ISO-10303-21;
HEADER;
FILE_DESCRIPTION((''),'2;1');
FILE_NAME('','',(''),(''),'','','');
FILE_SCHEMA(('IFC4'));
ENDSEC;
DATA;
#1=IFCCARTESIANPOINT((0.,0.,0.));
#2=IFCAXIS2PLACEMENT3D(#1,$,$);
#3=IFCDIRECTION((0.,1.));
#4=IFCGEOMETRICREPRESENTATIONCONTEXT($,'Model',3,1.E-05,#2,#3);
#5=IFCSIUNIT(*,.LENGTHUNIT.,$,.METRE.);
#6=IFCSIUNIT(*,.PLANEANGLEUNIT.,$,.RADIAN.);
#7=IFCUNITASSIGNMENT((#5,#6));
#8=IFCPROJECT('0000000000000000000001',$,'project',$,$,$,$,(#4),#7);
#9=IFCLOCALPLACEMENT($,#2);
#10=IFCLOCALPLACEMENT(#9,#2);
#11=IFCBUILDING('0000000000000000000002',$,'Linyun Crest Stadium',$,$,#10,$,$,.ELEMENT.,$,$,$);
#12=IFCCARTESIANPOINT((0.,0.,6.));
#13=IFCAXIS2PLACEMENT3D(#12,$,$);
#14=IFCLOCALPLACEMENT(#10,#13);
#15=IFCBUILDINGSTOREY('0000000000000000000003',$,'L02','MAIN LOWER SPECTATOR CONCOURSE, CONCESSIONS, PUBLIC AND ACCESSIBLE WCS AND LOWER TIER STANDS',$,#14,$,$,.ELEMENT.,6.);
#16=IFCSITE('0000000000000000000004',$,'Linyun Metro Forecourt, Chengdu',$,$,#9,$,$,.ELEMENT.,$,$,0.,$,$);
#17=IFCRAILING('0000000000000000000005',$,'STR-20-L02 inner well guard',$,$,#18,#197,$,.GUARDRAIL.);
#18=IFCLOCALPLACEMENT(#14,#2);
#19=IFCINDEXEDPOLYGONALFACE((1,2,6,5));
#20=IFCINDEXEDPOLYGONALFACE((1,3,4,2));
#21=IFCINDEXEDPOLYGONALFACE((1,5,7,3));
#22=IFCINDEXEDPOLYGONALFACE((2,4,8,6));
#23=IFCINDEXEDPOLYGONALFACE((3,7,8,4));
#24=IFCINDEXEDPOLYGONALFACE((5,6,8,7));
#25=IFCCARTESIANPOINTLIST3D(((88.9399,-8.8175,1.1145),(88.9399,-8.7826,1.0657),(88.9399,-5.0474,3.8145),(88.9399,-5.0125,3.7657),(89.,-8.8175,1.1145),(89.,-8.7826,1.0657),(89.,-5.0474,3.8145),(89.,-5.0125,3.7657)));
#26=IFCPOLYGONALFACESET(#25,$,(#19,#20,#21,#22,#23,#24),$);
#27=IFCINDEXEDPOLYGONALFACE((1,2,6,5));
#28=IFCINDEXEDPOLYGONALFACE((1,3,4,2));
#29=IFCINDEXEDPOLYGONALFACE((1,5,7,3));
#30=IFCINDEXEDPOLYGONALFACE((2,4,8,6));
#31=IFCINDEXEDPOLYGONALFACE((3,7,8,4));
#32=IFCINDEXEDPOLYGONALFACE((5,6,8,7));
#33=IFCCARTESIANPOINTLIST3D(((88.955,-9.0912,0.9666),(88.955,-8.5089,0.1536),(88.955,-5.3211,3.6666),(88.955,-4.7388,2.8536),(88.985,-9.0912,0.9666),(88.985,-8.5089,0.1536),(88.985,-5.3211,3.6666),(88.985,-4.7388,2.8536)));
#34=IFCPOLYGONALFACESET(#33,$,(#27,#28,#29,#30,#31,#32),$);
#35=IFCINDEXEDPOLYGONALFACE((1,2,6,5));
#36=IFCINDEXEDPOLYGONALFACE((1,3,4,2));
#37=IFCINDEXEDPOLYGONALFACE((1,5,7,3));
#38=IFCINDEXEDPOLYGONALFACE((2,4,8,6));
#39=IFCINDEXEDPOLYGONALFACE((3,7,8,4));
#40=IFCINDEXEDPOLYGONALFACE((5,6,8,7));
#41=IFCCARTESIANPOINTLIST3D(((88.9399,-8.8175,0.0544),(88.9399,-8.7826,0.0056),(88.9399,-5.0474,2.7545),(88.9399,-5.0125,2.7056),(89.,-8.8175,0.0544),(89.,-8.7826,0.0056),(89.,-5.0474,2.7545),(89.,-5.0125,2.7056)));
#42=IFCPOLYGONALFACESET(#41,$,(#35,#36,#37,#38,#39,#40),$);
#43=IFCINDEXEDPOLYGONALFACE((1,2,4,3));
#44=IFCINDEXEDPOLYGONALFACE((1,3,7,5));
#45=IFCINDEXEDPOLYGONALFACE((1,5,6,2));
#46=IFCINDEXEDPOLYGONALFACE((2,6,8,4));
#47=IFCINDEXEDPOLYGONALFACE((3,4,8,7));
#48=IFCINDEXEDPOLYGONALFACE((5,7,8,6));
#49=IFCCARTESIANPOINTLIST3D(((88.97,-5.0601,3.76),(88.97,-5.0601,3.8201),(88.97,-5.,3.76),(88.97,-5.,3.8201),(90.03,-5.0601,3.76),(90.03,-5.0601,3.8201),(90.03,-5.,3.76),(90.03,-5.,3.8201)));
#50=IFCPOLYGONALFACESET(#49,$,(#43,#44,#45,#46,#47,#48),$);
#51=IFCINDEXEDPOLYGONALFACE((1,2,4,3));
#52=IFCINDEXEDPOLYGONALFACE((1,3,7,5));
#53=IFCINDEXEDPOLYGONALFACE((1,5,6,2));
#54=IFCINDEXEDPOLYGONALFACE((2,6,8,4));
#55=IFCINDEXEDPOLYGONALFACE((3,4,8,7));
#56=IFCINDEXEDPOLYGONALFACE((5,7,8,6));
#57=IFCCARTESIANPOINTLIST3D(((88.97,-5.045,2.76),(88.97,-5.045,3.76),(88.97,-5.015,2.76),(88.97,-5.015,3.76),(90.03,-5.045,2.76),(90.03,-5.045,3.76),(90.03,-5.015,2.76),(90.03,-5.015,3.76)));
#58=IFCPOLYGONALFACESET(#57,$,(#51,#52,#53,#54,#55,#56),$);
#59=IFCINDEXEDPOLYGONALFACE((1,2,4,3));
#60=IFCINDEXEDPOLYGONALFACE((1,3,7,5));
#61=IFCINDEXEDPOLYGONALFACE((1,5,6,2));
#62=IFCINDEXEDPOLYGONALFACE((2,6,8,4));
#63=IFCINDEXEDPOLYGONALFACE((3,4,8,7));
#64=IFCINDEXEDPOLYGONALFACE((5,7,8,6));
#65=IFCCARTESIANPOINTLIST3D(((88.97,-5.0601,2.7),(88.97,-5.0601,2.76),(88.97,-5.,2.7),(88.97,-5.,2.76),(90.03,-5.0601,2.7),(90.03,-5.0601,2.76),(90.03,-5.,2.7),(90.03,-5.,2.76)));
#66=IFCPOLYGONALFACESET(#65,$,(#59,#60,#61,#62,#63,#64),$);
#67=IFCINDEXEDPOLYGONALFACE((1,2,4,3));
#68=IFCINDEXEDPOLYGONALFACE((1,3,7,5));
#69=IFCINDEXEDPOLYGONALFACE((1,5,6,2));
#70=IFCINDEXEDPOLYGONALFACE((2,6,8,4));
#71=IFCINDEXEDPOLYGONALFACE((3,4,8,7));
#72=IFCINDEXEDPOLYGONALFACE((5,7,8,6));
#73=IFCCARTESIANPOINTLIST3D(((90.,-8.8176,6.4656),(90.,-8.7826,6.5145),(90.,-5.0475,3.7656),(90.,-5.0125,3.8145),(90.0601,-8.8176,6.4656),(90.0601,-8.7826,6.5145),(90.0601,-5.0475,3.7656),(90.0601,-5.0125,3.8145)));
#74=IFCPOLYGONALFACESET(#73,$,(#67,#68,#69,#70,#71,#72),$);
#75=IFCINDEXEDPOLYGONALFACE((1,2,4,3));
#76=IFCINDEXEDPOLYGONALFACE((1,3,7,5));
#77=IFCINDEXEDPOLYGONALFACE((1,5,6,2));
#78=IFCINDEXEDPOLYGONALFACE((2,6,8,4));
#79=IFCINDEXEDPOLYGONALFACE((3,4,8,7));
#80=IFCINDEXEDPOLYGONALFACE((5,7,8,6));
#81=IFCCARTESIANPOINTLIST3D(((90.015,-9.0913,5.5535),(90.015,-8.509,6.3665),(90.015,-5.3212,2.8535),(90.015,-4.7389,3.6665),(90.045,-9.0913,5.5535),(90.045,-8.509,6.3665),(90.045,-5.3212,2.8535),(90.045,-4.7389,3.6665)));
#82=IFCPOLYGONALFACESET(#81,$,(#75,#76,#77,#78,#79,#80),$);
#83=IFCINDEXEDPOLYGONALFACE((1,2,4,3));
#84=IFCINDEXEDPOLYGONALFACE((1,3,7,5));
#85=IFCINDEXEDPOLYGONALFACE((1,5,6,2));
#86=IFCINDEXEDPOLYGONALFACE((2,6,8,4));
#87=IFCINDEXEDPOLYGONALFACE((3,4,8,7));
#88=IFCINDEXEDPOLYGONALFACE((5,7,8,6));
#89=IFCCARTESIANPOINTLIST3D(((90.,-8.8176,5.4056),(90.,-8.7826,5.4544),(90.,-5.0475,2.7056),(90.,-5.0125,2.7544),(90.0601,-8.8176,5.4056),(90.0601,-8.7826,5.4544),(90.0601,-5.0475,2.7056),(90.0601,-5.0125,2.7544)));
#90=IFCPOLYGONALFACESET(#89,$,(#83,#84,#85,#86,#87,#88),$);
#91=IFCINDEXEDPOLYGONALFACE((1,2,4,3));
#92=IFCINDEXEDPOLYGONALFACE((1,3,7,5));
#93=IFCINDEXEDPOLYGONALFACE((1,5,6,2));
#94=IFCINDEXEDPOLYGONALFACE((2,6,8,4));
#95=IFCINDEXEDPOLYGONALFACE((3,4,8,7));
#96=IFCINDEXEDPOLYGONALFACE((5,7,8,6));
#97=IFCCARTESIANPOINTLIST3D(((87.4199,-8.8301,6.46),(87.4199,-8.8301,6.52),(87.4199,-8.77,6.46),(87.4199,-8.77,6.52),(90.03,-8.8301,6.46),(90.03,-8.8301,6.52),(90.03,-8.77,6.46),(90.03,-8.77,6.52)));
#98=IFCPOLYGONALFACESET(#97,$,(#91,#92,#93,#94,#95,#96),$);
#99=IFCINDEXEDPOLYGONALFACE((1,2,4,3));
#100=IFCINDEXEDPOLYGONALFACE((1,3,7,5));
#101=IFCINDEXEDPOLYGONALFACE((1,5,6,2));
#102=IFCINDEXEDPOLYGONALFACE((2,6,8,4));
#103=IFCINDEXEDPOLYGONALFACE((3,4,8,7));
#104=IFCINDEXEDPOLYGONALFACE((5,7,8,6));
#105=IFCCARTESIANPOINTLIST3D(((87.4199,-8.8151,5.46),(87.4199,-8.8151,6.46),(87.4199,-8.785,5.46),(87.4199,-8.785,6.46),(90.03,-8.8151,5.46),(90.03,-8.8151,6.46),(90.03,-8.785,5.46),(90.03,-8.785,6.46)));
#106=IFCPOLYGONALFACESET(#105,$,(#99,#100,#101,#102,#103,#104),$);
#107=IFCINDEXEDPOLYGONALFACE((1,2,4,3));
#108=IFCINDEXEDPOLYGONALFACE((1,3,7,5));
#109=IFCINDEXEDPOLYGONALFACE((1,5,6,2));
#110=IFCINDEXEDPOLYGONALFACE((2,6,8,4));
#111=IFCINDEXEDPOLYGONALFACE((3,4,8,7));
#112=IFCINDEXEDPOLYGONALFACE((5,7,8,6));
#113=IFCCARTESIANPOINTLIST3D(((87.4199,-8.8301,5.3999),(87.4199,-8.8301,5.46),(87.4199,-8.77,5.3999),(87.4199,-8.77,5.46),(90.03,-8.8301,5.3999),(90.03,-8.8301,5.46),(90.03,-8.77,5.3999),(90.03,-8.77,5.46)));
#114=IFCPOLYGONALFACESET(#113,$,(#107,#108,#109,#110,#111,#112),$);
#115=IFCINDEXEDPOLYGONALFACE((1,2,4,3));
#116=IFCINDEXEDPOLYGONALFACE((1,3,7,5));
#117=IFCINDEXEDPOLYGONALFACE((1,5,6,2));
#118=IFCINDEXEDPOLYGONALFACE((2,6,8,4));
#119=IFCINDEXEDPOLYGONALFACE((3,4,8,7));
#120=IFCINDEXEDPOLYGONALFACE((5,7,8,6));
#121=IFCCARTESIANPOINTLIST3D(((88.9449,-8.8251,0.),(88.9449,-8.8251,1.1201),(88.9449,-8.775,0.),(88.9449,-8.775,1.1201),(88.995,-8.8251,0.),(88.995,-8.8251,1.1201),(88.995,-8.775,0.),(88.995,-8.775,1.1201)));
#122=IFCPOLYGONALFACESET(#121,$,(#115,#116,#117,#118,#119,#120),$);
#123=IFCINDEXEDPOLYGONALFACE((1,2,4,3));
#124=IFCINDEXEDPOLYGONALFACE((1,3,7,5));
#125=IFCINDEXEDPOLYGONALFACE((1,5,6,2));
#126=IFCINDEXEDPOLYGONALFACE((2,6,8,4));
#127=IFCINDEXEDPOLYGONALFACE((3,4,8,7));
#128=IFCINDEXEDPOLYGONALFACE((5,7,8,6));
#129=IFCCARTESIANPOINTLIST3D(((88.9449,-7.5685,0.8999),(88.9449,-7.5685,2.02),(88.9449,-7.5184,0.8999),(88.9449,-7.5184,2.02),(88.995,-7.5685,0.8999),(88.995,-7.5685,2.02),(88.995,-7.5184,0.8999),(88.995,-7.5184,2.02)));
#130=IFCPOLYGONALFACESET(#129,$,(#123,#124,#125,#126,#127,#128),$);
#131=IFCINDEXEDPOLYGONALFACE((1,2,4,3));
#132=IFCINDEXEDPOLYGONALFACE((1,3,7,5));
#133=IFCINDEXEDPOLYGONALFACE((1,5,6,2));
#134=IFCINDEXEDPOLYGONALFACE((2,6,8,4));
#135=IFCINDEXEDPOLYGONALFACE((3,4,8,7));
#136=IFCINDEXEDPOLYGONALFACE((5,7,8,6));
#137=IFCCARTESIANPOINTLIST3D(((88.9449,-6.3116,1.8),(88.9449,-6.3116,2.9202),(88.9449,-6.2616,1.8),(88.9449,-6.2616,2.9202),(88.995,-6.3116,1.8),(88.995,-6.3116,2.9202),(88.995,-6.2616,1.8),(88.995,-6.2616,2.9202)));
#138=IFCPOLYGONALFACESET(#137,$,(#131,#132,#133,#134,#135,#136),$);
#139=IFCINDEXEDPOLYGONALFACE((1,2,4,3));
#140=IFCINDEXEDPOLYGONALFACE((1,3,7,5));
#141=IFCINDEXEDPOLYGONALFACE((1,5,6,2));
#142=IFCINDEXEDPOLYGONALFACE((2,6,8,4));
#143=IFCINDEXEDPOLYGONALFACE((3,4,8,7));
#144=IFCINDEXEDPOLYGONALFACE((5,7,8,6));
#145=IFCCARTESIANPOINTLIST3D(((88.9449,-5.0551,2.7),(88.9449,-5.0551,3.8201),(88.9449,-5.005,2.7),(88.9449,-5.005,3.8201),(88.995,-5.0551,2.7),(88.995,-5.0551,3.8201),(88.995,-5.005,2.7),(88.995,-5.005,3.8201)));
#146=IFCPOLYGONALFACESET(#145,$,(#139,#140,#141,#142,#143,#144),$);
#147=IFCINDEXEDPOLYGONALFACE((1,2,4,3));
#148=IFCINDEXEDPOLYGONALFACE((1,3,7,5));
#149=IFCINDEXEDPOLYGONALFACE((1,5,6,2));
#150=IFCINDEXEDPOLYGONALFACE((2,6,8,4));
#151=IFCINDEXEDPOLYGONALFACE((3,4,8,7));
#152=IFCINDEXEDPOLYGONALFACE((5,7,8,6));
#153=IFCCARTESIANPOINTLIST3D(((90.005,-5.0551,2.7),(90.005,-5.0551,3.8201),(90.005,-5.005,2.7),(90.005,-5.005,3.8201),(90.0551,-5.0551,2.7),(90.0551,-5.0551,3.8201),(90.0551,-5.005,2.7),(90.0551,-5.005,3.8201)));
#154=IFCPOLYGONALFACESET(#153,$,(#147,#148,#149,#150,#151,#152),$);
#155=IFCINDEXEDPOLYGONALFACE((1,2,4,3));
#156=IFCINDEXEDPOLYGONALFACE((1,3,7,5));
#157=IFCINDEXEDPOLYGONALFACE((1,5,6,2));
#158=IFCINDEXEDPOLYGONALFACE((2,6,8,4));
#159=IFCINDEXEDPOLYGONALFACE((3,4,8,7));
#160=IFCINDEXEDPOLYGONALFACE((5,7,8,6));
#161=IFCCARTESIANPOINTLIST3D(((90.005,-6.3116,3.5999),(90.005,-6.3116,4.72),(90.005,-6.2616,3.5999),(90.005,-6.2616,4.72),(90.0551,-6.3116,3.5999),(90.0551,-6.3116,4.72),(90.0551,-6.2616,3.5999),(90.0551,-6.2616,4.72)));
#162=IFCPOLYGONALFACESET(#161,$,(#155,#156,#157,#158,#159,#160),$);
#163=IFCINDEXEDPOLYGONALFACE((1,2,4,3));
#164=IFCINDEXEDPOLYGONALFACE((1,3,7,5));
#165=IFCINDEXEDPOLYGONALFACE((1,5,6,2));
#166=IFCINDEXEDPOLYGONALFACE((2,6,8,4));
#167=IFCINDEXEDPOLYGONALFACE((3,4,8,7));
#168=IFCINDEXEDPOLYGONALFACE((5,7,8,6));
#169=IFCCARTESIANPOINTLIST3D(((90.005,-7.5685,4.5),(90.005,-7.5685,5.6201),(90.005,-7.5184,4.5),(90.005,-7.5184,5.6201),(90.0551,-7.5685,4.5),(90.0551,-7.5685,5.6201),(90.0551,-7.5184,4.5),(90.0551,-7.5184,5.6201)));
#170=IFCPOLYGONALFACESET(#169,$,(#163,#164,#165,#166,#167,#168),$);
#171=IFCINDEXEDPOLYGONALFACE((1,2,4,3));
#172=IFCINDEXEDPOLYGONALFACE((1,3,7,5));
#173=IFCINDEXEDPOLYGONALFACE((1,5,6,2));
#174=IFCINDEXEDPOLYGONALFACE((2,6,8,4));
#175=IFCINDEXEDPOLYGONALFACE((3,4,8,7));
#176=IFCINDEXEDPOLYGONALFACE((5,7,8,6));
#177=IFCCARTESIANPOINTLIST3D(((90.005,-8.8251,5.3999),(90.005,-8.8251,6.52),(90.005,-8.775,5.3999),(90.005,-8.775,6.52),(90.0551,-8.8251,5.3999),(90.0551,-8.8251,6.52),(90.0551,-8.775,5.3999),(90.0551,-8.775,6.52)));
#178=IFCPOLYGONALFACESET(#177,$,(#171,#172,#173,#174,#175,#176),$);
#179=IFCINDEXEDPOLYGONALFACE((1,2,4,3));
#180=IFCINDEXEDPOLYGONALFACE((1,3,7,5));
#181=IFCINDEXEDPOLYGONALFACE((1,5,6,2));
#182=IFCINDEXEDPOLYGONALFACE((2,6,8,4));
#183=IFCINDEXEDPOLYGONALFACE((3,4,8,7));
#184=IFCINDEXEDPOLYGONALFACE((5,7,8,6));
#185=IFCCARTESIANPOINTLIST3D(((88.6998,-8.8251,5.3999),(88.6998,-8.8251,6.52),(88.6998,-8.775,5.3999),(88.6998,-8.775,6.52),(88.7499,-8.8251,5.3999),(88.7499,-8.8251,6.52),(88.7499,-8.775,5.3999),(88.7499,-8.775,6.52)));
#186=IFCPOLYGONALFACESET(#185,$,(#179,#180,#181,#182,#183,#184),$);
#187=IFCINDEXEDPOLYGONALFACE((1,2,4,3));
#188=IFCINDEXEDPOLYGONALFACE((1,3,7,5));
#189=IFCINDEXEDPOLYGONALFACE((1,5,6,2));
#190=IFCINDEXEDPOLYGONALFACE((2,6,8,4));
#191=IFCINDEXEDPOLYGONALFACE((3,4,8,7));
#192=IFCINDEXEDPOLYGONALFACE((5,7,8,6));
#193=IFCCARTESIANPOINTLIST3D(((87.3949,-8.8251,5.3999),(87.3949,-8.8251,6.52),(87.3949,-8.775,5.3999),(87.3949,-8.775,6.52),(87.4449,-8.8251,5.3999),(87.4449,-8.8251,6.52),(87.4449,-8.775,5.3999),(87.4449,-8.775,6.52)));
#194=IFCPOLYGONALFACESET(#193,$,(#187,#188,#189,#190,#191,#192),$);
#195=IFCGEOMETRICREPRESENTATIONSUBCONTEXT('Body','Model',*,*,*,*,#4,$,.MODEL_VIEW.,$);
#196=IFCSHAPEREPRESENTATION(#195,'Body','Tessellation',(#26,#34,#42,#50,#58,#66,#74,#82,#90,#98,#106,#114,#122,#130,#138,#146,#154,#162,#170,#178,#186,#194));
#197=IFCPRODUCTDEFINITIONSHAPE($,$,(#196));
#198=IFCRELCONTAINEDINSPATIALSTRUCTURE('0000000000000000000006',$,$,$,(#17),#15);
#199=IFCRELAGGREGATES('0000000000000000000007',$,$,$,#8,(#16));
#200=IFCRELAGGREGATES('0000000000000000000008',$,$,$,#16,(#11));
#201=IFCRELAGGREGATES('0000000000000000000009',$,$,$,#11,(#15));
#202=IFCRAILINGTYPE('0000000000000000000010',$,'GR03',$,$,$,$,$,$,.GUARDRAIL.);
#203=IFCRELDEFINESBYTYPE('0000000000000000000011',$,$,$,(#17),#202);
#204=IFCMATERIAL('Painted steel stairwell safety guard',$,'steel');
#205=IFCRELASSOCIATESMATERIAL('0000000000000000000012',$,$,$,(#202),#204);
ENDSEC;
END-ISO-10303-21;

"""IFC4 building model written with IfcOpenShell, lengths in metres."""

from ifc_helpers import new_model, si_unit, direction, frame, origin, origin_2d, place, context, subcontext, project, spatial, rectangle, extrude, material, type_object, element, save


model = new_model("IFC4")

# Units and contexts
model_context = context("Model", 3, precision=1e-05, world=origin(), true_north=direction((0.0, 1.0)))
body_context = subcontext(model_context, "Body", "Model", "MODEL_VIEW")
ifc_project = project(units=[si_unit("LENGTHUNIT", "METRE"), si_unit("PLANEANGLEUNIT", "RADIAN")], contexts=[model_context])

# Site, building, storey
site_placement = place(None, origin())
site = spatial("IfcSite", under=ifc_project, at=site_placement, Name="Linyun Metro Forecourt, Chengdu", CompositionType="ELEMENT", RefElevation=0.0)
building_placement = place(site_placement, origin())
building = spatial("IfcBuilding", under=site, at=building_placement, Name="Linyun Crest Stadium", CompositionType="ELEMENT")
storey_placement = place(building_placement, frame((0.0, 0.0, 6.0)))
storey = spatial("IfcBuildingStorey", under=building, at=storey_placement, Name="L02", Description="MAIN LOWER SPECTATOR CONCOURSE, CONCESSIONS, PUBLIC AND ACCESSIBLE WCS AND LOWER TIER STANDS", CompositionType="ELEMENT", Elevation=6.0)

# Railing
ifc_material_1 = material(Name="Painted steel stairwell safety guard", Category="steel")
railing_type_1 = type_object("IfcRailingType", Name="GR03", PredefinedType="GUARDRAIL", material=ifc_material_1)
railing_1_placement = place(storey_placement, frame((88.97, -8.8, 0.0)))
element("IfcRailing", 1, at=railing_1_placement, inside=storey, type_object=railing_type_1, Name="STR-20-L02 inner well guard", PredefinedType="GUARDRAIL", context=body_context, shape_type="SweptSolid", body=[
    extrude(rectangle(XDim=0.0601, YDim=0.0601, at=origin_2d()), frame((0.0, 0.0, 1.0901), z_axis=(0.0, 0.813011, 0.582249), x_axis=(-1.0, 0.0, 0.0)), (0.0, 0.0, 1.0), 4.6372),
    extrude(rectangle(XDim=0.03, YDim=1.0, at=origin_2d()), frame((0.0, 0.0, 0.5601), z_axis=(0.0, 0.813011, 0.582249), x_axis=(-1.0, 0.0, 0.0)), (0.0, 0.0, 1.0), 4.6372),
    extrude(rectangle(XDim=0.0601, YDim=0.0601, at=origin_2d()), frame((0.0, 0.0, 0.03), z_axis=(0.0, 0.813011, 0.582249), x_axis=(-1.0, 0.0, 0.0)), (0.0, 0.0, 1.0), 4.6372),
    extrude(rectangle(XDim=0.0601, YDim=0.0601, at=origin_2d()), frame((0.0, 3.77, 3.79), z_axis=(1.0, 0.0, 0.0), x_axis=(0.0, 1.0, 0.0)), (0.0, 0.0, 1.0), 1.0601),
    extrude(rectangle(XDim=0.03, YDim=1.0, at=origin_2d()), frame((0.0, 3.77, 3.26), z_axis=(1.0, 0.0, 0.0), x_axis=(0.0, 1.0, 0.0)), (0.0, 0.0, 1.0), 1.0601),
    extrude(rectangle(XDim=0.0601, YDim=0.0601, at=origin_2d()), frame((0.0, 3.77, 2.73), z_axis=(1.0, 0.0, 0.0), x_axis=(0.0, 1.0, 0.0)), (0.0, 0.0, 1.0), 1.0601),
    extrude(rectangle(XDim=0.0601, YDim=0.0601, at=origin_2d()), frame((1.0601, 3.77, 3.79), z_axis=(0.0, -0.813011, 0.582249), x_axis=(1.0, 0.0, 0.0)), (0.0, 0.0, 1.0), 4.6372),
    extrude(rectangle(XDim=0.03, YDim=1.0, at=origin_2d()), frame((1.0601, 3.77, 3.26), z_axis=(0.0, -0.813011, 0.582249), x_axis=(1.0, 0.0, 0.0)), (0.0, 0.0, 1.0), 4.6372),
    extrude(rectangle(XDim=0.0601, YDim=0.0601, at=origin_2d()), frame((1.0601, 3.77, 2.73), z_axis=(0.0, -0.813011, 0.582249), x_axis=(1.0, 0.0, 0.0)), (0.0, 0.0, 1.0), 4.6372),
    extrude(rectangle(XDim=0.0601, YDim=0.0601, at=origin_2d()), frame((1.0601, 0.0, 6.49), z_axis=(-1.0, 0.0, 0.0), x_axis=(0.0, -1.0, 0.0)), (0.0, 0.0, 1.0), 2.6101),
    extrude(rectangle(XDim=0.03, YDim=1.0, at=origin_2d()), frame((1.0601, 0.0, 5.96), z_axis=(-1.0, 0.0, 0.0), x_axis=(0.0, -1.0, 0.0)), (0.0, 0.0, 1.0), 2.6101),
    extrude(rectangle(XDim=0.0601, YDim=0.0601, at=origin_2d()), frame((1.0601, 0.0, 5.4299), z_axis=(-1.0, 0.0, 0.0), x_axis=(0.0, -1.0, 0.0)), (0.0, 0.0, 1.0), 2.6101),
    extrude(rectangle(XDim=0.05, YDim=0.05, at=origin_2d()), origin(), (0.0, 0.0, 1.0), 1.1201),
    extrude(rectangle(XDim=0.05, YDim=0.05, at=origin_2d()), frame((0.0, 1.2566, 0.8999)), (0.0, 0.0, 1.0), 1.1201),
    extrude(rectangle(XDim=0.05, YDim=0.05, at=origin_2d()), frame((0.0, 2.5134, 1.8)), (0.0, 0.0, 1.0), 1.1201),
    extrude(rectangle(XDim=0.05, YDim=0.05, at=origin_2d()), frame((0.0, 3.77, 2.7)), (0.0, 0.0, 1.0), 1.1201),
    extrude(rectangle(XDim=0.05, YDim=0.05, at=origin_2d()), frame((1.0601, 3.77, 2.7)), (0.0, 0.0, 1.0), 1.1201),
    extrude(rectangle(XDim=0.05, YDim=0.05, at=origin_2d()), frame((1.0601, 2.5134, 3.5999)), (0.0, 0.0, 1.0), 1.1201),
    extrude(rectangle(XDim=0.05, YDim=0.05, at=origin_2d()), frame((1.0601, 1.2566, 4.5)), (0.0, 0.0, 1.0), 1.1201),
    extrude(rectangle(XDim=0.05, YDim=0.05, at=origin_2d()), frame((1.0601, 0.0, 5.3999)), (0.0, 0.0, 1.0), 1.1201),
    extrude(rectangle(XDim=0.05, YDim=0.05, at=origin_2d()), frame((-0.2451, 0.0, 5.3999)), (0.0, 0.0, 1.0), 1.1201),
    extrude(rectangle(XDim=0.05, YDim=0.05, at=origin_2d()), frame((-1.55, 0.0, 5.3999)), (0.0, 0.0, 1.0), 1.1201),
])

save(model, "model.ifc")
